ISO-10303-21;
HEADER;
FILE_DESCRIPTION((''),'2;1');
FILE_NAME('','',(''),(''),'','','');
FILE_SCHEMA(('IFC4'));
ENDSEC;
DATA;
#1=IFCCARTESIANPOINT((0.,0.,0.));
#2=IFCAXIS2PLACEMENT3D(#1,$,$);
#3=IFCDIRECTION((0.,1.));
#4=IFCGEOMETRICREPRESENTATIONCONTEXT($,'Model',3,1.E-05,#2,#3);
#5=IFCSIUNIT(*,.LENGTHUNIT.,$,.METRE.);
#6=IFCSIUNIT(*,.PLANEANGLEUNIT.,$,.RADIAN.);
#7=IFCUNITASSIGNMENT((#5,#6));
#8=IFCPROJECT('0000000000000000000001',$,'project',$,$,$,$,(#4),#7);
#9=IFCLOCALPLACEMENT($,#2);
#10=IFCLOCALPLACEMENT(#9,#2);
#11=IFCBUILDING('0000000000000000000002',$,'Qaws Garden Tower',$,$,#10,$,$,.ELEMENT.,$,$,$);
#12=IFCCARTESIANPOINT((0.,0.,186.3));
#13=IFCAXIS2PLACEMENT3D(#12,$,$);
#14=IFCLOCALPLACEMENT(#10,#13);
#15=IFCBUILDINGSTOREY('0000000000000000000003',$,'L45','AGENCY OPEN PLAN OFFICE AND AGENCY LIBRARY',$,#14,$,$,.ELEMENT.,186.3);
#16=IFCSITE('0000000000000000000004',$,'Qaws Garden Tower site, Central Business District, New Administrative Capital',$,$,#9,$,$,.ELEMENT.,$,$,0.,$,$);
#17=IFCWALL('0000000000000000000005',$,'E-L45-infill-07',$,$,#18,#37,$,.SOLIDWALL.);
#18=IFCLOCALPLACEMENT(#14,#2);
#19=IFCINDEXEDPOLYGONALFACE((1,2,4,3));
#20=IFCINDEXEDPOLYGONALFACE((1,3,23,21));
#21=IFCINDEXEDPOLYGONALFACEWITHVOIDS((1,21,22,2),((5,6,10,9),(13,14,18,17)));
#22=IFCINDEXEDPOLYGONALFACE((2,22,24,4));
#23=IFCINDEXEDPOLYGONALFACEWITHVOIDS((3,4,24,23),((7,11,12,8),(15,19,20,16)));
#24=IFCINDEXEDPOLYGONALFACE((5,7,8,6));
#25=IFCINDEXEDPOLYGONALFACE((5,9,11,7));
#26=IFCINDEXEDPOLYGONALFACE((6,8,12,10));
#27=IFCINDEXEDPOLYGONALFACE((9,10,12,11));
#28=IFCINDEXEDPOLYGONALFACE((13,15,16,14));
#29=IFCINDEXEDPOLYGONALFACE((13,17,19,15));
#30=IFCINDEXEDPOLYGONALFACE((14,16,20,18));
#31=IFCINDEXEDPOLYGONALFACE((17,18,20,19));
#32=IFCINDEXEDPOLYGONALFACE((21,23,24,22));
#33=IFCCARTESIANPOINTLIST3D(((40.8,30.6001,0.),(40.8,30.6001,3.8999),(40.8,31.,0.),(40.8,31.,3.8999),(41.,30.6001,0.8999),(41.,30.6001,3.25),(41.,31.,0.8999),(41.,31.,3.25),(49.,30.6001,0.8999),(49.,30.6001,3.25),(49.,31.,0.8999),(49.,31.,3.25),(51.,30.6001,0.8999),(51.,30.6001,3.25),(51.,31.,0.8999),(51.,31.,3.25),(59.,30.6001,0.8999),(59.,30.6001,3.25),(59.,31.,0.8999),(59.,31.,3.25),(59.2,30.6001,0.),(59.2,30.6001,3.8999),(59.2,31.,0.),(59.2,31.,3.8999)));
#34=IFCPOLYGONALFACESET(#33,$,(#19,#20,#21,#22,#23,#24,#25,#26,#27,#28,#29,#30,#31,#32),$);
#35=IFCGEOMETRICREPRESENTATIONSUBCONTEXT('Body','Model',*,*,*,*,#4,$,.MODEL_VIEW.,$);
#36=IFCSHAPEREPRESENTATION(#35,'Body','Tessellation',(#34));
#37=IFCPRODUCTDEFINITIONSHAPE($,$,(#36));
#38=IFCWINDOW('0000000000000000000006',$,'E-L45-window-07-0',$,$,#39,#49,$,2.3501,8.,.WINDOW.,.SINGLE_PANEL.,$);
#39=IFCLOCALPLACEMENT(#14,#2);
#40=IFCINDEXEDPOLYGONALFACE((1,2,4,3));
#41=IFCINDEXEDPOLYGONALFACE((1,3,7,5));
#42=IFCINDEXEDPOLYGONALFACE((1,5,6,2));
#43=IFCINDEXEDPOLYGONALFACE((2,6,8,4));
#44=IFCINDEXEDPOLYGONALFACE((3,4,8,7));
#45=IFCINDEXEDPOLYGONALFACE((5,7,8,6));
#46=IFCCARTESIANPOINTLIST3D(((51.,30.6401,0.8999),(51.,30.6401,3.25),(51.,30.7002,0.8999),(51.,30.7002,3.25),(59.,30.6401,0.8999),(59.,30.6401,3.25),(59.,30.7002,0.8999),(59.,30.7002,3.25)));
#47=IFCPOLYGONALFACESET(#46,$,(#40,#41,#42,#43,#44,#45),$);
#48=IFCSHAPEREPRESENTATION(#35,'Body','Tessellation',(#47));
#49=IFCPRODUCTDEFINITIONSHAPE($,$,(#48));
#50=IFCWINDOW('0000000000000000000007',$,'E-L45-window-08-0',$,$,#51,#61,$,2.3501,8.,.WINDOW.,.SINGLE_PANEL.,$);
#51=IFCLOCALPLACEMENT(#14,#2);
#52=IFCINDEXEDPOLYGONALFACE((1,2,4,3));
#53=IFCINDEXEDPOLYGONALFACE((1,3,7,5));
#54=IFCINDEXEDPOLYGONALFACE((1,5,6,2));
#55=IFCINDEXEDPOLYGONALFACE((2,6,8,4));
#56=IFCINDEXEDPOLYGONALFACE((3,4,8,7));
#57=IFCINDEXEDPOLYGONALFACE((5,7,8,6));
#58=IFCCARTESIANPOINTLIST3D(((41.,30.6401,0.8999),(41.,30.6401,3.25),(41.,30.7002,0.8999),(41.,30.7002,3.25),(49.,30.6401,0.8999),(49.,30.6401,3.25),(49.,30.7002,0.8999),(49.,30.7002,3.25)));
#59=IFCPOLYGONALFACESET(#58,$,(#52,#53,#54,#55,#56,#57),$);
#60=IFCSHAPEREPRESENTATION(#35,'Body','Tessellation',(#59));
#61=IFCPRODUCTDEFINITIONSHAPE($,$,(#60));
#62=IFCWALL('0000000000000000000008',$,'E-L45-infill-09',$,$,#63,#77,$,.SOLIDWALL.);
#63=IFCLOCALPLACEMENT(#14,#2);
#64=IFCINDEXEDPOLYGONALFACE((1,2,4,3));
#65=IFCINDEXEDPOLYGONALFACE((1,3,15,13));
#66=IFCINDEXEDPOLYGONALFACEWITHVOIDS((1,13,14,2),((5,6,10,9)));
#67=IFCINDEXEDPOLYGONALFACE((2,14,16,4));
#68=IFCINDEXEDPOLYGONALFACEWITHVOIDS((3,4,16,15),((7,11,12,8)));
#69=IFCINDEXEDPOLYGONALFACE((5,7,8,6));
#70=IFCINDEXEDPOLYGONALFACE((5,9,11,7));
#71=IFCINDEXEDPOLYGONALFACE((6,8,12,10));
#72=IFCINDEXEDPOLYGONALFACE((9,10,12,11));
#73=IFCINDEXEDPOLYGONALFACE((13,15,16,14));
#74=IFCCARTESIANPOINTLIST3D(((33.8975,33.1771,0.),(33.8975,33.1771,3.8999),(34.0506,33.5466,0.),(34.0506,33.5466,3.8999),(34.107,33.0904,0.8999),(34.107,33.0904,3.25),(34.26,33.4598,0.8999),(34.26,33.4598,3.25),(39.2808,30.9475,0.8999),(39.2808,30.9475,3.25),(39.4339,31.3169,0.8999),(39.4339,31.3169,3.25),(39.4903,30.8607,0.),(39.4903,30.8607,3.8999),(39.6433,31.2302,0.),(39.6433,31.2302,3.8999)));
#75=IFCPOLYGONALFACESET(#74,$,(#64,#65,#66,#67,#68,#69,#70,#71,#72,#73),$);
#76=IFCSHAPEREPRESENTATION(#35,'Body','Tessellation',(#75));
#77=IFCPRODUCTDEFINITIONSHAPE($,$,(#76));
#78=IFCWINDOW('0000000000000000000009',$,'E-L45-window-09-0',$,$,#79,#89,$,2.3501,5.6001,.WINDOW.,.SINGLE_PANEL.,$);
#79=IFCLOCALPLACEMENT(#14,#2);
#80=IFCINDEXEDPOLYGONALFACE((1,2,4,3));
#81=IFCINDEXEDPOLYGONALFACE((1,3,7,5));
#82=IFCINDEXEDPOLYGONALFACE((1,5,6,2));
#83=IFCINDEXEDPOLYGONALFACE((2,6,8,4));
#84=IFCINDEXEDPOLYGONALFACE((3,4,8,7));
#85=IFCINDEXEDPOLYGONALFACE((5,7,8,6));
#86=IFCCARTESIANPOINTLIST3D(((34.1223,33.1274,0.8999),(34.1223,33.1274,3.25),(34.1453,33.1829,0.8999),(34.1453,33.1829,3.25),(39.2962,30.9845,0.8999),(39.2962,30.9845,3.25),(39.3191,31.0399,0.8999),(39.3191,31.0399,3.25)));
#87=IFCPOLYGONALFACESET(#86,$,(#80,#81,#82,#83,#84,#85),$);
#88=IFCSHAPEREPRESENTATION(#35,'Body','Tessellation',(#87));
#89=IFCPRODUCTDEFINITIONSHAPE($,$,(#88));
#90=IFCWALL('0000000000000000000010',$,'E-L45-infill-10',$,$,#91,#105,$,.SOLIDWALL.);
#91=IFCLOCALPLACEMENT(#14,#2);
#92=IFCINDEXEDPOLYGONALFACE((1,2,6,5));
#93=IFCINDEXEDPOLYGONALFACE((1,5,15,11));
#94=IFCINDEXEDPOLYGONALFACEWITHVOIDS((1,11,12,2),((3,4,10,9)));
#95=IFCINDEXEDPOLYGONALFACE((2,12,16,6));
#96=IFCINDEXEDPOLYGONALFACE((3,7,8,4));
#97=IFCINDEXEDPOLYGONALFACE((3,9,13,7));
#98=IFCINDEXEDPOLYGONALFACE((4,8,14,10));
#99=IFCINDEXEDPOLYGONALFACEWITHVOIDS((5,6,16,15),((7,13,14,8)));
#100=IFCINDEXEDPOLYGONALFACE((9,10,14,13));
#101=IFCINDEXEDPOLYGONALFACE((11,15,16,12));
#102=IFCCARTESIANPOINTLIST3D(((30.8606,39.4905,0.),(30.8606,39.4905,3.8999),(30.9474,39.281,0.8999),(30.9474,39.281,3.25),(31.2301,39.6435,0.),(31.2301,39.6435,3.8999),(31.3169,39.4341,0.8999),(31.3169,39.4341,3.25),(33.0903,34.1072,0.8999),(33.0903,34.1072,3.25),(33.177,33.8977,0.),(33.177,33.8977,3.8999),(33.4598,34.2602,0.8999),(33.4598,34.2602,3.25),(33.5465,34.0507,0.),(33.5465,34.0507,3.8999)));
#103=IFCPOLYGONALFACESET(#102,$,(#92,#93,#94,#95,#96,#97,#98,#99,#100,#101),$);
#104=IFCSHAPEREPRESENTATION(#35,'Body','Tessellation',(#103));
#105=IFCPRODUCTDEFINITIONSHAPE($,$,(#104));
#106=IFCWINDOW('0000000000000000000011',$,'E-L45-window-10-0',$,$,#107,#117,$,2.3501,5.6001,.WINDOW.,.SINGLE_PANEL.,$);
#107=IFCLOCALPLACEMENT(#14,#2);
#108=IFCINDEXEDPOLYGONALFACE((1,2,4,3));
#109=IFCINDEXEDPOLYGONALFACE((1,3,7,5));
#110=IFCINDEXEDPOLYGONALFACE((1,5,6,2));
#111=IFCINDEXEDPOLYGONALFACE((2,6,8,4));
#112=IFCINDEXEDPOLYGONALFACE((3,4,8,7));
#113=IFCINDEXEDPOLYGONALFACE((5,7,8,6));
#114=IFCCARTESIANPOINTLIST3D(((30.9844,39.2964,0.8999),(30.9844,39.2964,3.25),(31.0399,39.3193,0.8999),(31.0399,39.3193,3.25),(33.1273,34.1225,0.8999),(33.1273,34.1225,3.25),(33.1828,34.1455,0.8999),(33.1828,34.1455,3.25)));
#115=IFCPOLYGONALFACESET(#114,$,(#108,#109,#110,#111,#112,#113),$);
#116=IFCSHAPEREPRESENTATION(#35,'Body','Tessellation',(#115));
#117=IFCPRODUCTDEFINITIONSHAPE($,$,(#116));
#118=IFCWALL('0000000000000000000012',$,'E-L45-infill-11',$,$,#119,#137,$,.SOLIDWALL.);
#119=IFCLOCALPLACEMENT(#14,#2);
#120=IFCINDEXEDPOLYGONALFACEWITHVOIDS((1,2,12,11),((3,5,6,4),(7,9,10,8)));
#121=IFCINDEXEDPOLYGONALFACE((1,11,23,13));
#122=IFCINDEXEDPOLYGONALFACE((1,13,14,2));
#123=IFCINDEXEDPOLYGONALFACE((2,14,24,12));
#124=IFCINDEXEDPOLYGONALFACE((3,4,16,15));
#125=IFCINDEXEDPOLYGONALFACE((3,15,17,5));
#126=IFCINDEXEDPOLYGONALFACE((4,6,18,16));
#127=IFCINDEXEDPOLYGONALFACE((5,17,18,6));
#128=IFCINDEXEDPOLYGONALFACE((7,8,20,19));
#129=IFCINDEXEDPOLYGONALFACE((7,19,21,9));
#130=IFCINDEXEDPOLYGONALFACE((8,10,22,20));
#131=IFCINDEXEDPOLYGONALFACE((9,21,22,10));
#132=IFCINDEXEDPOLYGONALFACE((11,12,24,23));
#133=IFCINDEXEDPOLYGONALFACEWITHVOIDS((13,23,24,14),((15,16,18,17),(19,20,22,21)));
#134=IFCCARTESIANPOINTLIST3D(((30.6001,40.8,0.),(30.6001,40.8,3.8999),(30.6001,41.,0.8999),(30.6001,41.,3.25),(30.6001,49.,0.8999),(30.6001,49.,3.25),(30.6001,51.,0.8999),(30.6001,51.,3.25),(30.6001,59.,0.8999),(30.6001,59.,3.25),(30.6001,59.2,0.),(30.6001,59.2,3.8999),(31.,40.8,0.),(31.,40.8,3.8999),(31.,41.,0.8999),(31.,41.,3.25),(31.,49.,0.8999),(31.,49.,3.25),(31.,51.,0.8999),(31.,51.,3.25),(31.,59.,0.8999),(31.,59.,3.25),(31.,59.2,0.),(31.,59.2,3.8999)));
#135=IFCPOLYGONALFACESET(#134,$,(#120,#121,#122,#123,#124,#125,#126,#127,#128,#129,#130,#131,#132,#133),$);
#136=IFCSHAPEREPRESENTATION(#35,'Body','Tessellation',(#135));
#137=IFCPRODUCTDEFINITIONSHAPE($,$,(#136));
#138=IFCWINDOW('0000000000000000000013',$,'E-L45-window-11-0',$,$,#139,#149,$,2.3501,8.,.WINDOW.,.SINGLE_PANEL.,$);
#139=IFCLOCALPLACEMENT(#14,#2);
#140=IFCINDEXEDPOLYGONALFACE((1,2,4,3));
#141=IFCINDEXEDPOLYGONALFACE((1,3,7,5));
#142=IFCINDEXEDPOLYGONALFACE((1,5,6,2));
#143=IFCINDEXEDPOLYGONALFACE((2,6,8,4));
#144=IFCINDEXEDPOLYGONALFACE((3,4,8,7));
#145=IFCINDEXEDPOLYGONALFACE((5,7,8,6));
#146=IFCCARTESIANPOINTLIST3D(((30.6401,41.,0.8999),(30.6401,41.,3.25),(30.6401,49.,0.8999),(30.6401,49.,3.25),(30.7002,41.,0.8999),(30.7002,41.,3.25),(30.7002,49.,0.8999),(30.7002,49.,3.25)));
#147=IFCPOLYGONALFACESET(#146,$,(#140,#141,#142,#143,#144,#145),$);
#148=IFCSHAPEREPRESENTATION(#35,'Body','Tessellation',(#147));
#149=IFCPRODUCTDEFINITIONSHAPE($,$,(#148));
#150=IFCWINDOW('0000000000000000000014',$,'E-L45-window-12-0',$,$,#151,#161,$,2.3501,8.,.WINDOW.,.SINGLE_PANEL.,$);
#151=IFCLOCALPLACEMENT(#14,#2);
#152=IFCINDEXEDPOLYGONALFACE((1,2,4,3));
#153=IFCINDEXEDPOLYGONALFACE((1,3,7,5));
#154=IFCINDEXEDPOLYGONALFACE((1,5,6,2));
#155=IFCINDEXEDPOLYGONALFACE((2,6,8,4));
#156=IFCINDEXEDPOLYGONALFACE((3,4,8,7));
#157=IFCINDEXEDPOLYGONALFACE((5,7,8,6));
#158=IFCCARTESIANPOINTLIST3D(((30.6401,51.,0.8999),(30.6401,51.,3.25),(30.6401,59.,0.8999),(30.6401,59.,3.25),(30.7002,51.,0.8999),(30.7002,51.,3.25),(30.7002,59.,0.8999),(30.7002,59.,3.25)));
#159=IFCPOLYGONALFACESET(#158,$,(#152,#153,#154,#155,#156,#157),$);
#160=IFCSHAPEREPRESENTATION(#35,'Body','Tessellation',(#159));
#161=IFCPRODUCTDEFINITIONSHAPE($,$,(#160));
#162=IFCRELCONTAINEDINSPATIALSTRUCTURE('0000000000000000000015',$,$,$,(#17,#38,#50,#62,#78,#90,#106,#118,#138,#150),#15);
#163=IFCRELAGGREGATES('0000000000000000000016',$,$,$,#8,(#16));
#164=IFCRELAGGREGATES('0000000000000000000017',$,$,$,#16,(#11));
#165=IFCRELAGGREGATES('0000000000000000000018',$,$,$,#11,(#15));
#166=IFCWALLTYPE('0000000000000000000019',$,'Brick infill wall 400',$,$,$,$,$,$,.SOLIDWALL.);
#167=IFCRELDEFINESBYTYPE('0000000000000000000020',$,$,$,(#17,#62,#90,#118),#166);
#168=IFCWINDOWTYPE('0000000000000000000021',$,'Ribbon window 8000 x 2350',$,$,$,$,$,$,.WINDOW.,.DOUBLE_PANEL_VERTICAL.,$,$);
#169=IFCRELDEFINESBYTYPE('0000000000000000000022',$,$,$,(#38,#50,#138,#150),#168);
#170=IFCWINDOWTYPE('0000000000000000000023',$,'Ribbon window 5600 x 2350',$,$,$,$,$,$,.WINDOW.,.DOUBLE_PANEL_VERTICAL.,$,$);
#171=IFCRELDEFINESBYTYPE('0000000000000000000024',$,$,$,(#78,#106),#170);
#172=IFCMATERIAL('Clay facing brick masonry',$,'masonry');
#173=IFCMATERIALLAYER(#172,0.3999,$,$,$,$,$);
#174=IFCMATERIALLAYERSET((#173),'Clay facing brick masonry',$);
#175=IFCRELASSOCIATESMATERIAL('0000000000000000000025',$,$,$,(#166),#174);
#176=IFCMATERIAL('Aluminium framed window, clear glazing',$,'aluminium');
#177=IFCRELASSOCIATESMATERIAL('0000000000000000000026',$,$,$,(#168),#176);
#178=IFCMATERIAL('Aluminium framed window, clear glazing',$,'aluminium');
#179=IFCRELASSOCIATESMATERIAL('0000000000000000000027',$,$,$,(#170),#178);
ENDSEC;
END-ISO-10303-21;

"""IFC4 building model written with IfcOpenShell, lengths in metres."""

from ifc_helpers import new_model, si_unit, direction, frame, frame_2d, origin, place, context, subcontext, project, spatial, rectangle, extrude, material, layer, layer_set, type_object, element, fill, save


model = new_model("IFC4")

# Units and contexts
model_context = context("Model", 3, precision=1e-05, world=origin(), true_north=direction((0.0, 1.0)))
body_context = subcontext(model_context, "Body", "Model", "MODEL_VIEW")
ifc_project = project(units=[si_unit("LENGTHUNIT", "METRE"), si_unit("PLANEANGLEUNIT", "RADIAN")], contexts=[model_context])

# Site, building, storey
site_placement = place(None, origin())
site = spatial("IfcSite", under=ifc_project, at=site_placement, Name="Qaws Garden Tower site, Central Business District, New Administrative Capital", CompositionType="ELEMENT", RefElevation=0.0)
building_placement = place(site_placement, origin())
building = spatial("IfcBuilding", under=site, at=building_placement, Name="Qaws Garden Tower", CompositionType="ELEMENT")
storey_placement = place(building_placement, frame((0.0, 0.0, 186.3)))
storey = spatial("IfcBuildingStorey", under=building, at=storey_placement, Name="L45", Description="AGENCY OPEN PLAN OFFICE AND AGENCY LIBRARY", CompositionType="ELEMENT", Elevation=186.3)

# Wall, openings, windows
ifc_material_1 = material(Name="Clay facing brick masonry", Category="masonry")
ifc_layer_1 = layer(ifc_material_1, 0.3999)
ifc_layer_set_1 = layer_set([ifc_layer_1], Name="Clay facing brick masonry")
wall_type_1 = type_object("IfcWallType", Name="Brick infill wall 400", PredefinedType="SOLIDWALL", material=ifc_layer_set_1)
wall_1_placement = place(storey_placement, frame((59.2, 30.8, 0.0), z_axis=(0.0, 0.0, 1.0), x_axis=(-1.0, 0.0, 0.0)))
wall_1 = element("IfcWall", 1, at=wall_1_placement, inside=storey, type_object=wall_type_1, Name="E-L45-infill-07", PredefinedType="SOLIDWALL", context=body_context, shape_type="SweptSolid", body=[
    extrude(rectangle(XDim=18.3999, YDim=0.3999, at=frame_2d((9.2, 0.0))), origin(), (0.0, 0.0, 1.0), 3.8999),
])
opening_1_placement = place(wall_1_placement, frame((0.2, 0.0, 0.8999)))
opening_1 = element("IfcOpeningElement", 2, at=opening_1_placement, cuts=wall_1, PredefinedType="OPENING", context=body_context, shape_type="SweptSolid", body=[
    extrude(rectangle(XDim=8.0, YDim=2.3501, at=frame_2d((4.0, 1.175))), frame((0.0, 0.21, 0.0), z_axis=(0.0, -1.0, 0.0), x_axis=(1.0, 0.0, 0.0)), (0.0, 0.0, 1.0), 0.4199),
])
opening_2_placement = place(wall_1_placement, frame((10.2, 0.0, 0.8999)))
opening_2 = element("IfcOpeningElement", 3, at=opening_2_placement, cuts=wall_1, PredefinedType="OPENING", context=body_context, shape_type="SweptSolid", body=[
    extrude(rectangle(XDim=8.0, YDim=2.3501, at=frame_2d((4.0, 1.175))), frame((0.0, 0.21, 0.0), z_axis=(0.0, -1.0, 0.0), x_axis=(1.0, 0.0, 0.0)), (0.0, 0.0, 1.0), 0.4199),
])
ifc_material_2 = material(Name="Aluminium framed window, clear glazing", Category="aluminium")
window_type_1 = type_object("IfcWindowType", Name="Ribbon window 8000 x 2350", PartitioningType="DOUBLE_PANEL_VERTICAL", PredefinedType="WINDOW", material=ifc_material_2)
window_1_placement = place(opening_1_placement, origin())
window_1 = element("IfcWindow", 4, at=window_1_placement, inside=storey, type_object=window_type_1, Name="E-L45-window-07-0", OverallHeight=2.3501, OverallWidth=8.0, PartitioningType="SINGLE_PANEL", PredefinedType="WINDOW", context=body_context, shape_type="SweptSolid", body=[
    extrude(rectangle(XDim=8.0, YDim=2.3501, at=frame_2d((4.0, 1.175))), frame((0.0, 0.1599, 0.0), z_axis=(0.0, -1.0, 0.0), x_axis=(1.0, 0.0, 0.0)), (0.0, 0.0, 1.0), 0.0601),
])
fill(opening_1, window_1)
window_2_placement = place(opening_2_placement, origin())
window_2 = element("IfcWindow", 5, at=window_2_placement, inside=storey, type_object=window_type_1, Name="E-L45-window-08-0", OverallHeight=2.3501, OverallWidth=8.0, PartitioningType="SINGLE_PANEL", PredefinedType="WINDOW", context=body_context, shape_type="SweptSolid", body=[
    extrude(rectangle(XDim=8.0, YDim=2.3501, at=frame_2d((4.0, 1.175))), frame((0.0, 0.1599, 0.0), z_axis=(0.0, -1.0, 0.0), x_axis=(1.0, 0.0, 0.0)), (0.0, 0.0, 1.0), 0.0601),
])
fill(opening_2, window_2)

# Walls, openings, windows
wall_2_placement = place(storey_placement, frame((39.5669, 31.0454, 0.0), z_axis=(0.0, 0.0, 1.0), x_axis=(-0.923891, 0.382656, 0.0)))
wall_2 = element("IfcWall", 6, at=wall_2_placement, inside=storey, type_object=wall_type_1, Name="E-L45-infill-09", PredefinedType="SOLIDWALL", context=body_context, shape_type="SweptSolid", body=[
    extrude(rectangle(XDim=6.0535, YDim=0.3999, at=frame_2d((3.0269, 0.0))), origin(), (0.0, 0.0, 1.0), 3.8999),
])
opening_3_placement = place(wall_2_placement, frame((0.2268, 0.0, 0.8999)))
opening_3 = element("IfcOpeningElement", 7, at=opening_3_placement, cuts=wall_2, PredefinedType="OPENING", context=body_context, shape_type="SweptSolid", body=[
    extrude(rectangle(XDim=5.6001, YDim=2.3501, at=frame_2d((2.8, 1.175))), frame((0.0, 0.21, 0.0), z_axis=(0.0, -1.0, 0.0), x_axis=(1.0, 0.0, 0.0)), (0.0, 0.0, 1.0), 0.4199),
])
ifc_material_3 = material(Name="Aluminium framed window, clear glazing", Category="aluminium")
window_type_2 = type_object("IfcWindowType", Name="Ribbon window 5600 x 2350", PartitioningType="DOUBLE_PANEL_VERTICAL", PredefinedType="WINDOW", material=ifc_material_3)
window_3_placement = place(opening_3_placement, origin())
window_3 = element("IfcWindow", 8, at=window_3_placement, inside=storey, type_object=window_type_2, Name="E-L45-window-09-0", OverallHeight=2.3501, OverallWidth=5.6001, PartitioningType="SINGLE_PANEL", PredefinedType="WINDOW", context=body_context, shape_type="SweptSolid", body=[
    extrude(rectangle(XDim=5.6001, YDim=2.3501, at=frame_2d((2.8, 1.175))), frame((0.0, 0.1599, 0.0), z_axis=(0.0, -1.0, 0.0), x_axis=(1.0, 0.0, 0.0)), (0.0, 0.0, 1.0), 0.0601),
])
fill(opening_3, window_3)
wall_3_placement = place(storey_placement, frame((33.3618, 33.9741, 0.0), z_axis=(0.0, 0.0, 1.0), x_axis=(-0.382656, 0.923891, 0.0)))
wall_3 = element("IfcWall", 9, at=wall_3_placement, inside=storey, type_object=wall_type_1, Name="E-L45-infill-10", PredefinedType="SOLIDWALL", context=body_context, shape_type="SweptSolid", body=[
    extrude(rectangle(XDim=6.0535, YDim=0.3999, at=frame_2d((3.0269, 0.0))), origin(), (0.0, 0.0, 1.0), 3.8999),
])
opening_4_placement = place(wall_3_placement, frame((0.2268, 0.0, 0.8999)))
opening_4 = element("IfcOpeningElement", 10, at=opening_4_placement, cuts=wall_3, PredefinedType="OPENING", context=body_context, shape_type="SweptSolid", body=[
    extrude(rectangle(XDim=5.6001, YDim=2.3501, at=frame_2d((2.8, 1.175))), frame((0.0, 0.21, 0.0), z_axis=(0.0, -1.0, 0.0), x_axis=(1.0, 0.0, 0.0)), (0.0, 0.0, 1.0), 0.4199),
])
window_4_placement = place(opening_4_placement, origin())
window_4 = element("IfcWindow", 11, at=window_4_placement, inside=storey, type_object=window_type_2, Name="E-L45-window-10-0", OverallHeight=2.3501, OverallWidth=5.6001, PartitioningType="SINGLE_PANEL", PredefinedType="WINDOW", context=body_context, shape_type="SweptSolid", body=[
    extrude(rectangle(XDim=5.6001, YDim=2.3501, at=frame_2d((2.8, 1.175))), frame((0.0, 0.1599, 0.0), z_axis=(0.0, -1.0, 0.0), x_axis=(1.0, 0.0, 0.0)), (0.0, 0.0, 1.0), 0.0601),
])
fill(opening_4, window_4)

# Wall, openings, windows
wall_4_placement = place(storey_placement, frame((30.8, 40.8, 0.0), z_axis=(0.0, 0.0, 1.0), x_axis=(0.0, 1.0, 0.0)))
wall_4 = element("IfcWall", 12, at=wall_4_placement, inside=storey, type_object=wall_type_1, Name="E-L45-infill-11", PredefinedType="SOLIDWALL", context=body_context, shape_type="SweptSolid", body=[
    extrude(rectangle(XDim=18.3999, YDim=0.3999, at=frame_2d((9.2, 0.0))), origin(), (0.0, 0.0, 1.0), 3.8999),
])
opening_5_placement = place(wall_4_placement, frame((0.2, 0.0, 0.8999)))
opening_5 = element("IfcOpeningElement", 13, at=opening_5_placement, cuts=wall_4, PredefinedType="OPENING", context=body_context, shape_type="SweptSolid", body=[
    extrude(rectangle(XDim=8.0, YDim=2.3501, at=frame_2d((4.0, 1.175))), frame((0.0, 0.21, 0.0), z_axis=(0.0, -1.0, 0.0), x_axis=(1.0, 0.0, 0.0)), (0.0, 0.0, 1.0), 0.4199),
])
opening_6_placement = place(wall_4_placement, frame((10.2, 0.0, 0.8999)))
opening_6 = element("IfcOpeningElement", 14, at=opening_6_placement, cuts=wall_4, PredefinedType="OPENING", context=body_context, shape_type="SweptSolid", body=[
    extrude(rectangle(XDim=8.0, YDim=2.3501, at=frame_2d((4.0, 1.175))), frame((0.0, 0.21, 0.0), z_axis=(0.0, -1.0, 0.0), x_axis=(1.0, 0.0, 0.0)), (0.0, 0.0, 1.0), 0.4199),
])
window_5_placement = place(opening_5_placement, origin())
window_5 = element("IfcWindow", 15, at=window_5_placement, inside=storey, type_object=window_type_1, Name="E-L45-window-11-0", OverallHeight=2.3501, OverallWidth=8.0, PartitioningType="SINGLE_PANEL", PredefinedType="WINDOW", context=body_context, shape_type="SweptSolid", body=[
    extrude(rectangle(XDim=8.0, YDim=2.3501, at=frame_2d((4.0, 1.175))), frame((0.0, 0.1599, 0.0), z_axis=(0.0, -1.0, 0.0), x_axis=(1.0, 0.0, 0.0)), (0.0, 0.0, 1.0), 0.0601),
])
fill(opening_5, window_5)
window_6_placement = place(opening_6_placement, origin())
window_6 = element("IfcWindow", 16, at=window_6_placement, inside=storey, type_object=window_type_1, Name="E-L45-window-12-0", OverallHeight=2.3501, OverallWidth=8.0, PartitioningType="SINGLE_PANEL", PredefinedType="WINDOW", context=body_context, shape_type="SweptSolid", body=[
    extrude(rectangle(XDim=8.0, YDim=2.3501, at=frame_2d((4.0, 1.175))), frame((0.0, 0.1599, 0.0), z_axis=(0.0, -1.0, 0.0), x_axis=(1.0, 0.0, 0.0)), (0.0, 0.0, 1.0), 0.0601),
])
fill(opening_6, window_6)

save(model, "model.ifc")
